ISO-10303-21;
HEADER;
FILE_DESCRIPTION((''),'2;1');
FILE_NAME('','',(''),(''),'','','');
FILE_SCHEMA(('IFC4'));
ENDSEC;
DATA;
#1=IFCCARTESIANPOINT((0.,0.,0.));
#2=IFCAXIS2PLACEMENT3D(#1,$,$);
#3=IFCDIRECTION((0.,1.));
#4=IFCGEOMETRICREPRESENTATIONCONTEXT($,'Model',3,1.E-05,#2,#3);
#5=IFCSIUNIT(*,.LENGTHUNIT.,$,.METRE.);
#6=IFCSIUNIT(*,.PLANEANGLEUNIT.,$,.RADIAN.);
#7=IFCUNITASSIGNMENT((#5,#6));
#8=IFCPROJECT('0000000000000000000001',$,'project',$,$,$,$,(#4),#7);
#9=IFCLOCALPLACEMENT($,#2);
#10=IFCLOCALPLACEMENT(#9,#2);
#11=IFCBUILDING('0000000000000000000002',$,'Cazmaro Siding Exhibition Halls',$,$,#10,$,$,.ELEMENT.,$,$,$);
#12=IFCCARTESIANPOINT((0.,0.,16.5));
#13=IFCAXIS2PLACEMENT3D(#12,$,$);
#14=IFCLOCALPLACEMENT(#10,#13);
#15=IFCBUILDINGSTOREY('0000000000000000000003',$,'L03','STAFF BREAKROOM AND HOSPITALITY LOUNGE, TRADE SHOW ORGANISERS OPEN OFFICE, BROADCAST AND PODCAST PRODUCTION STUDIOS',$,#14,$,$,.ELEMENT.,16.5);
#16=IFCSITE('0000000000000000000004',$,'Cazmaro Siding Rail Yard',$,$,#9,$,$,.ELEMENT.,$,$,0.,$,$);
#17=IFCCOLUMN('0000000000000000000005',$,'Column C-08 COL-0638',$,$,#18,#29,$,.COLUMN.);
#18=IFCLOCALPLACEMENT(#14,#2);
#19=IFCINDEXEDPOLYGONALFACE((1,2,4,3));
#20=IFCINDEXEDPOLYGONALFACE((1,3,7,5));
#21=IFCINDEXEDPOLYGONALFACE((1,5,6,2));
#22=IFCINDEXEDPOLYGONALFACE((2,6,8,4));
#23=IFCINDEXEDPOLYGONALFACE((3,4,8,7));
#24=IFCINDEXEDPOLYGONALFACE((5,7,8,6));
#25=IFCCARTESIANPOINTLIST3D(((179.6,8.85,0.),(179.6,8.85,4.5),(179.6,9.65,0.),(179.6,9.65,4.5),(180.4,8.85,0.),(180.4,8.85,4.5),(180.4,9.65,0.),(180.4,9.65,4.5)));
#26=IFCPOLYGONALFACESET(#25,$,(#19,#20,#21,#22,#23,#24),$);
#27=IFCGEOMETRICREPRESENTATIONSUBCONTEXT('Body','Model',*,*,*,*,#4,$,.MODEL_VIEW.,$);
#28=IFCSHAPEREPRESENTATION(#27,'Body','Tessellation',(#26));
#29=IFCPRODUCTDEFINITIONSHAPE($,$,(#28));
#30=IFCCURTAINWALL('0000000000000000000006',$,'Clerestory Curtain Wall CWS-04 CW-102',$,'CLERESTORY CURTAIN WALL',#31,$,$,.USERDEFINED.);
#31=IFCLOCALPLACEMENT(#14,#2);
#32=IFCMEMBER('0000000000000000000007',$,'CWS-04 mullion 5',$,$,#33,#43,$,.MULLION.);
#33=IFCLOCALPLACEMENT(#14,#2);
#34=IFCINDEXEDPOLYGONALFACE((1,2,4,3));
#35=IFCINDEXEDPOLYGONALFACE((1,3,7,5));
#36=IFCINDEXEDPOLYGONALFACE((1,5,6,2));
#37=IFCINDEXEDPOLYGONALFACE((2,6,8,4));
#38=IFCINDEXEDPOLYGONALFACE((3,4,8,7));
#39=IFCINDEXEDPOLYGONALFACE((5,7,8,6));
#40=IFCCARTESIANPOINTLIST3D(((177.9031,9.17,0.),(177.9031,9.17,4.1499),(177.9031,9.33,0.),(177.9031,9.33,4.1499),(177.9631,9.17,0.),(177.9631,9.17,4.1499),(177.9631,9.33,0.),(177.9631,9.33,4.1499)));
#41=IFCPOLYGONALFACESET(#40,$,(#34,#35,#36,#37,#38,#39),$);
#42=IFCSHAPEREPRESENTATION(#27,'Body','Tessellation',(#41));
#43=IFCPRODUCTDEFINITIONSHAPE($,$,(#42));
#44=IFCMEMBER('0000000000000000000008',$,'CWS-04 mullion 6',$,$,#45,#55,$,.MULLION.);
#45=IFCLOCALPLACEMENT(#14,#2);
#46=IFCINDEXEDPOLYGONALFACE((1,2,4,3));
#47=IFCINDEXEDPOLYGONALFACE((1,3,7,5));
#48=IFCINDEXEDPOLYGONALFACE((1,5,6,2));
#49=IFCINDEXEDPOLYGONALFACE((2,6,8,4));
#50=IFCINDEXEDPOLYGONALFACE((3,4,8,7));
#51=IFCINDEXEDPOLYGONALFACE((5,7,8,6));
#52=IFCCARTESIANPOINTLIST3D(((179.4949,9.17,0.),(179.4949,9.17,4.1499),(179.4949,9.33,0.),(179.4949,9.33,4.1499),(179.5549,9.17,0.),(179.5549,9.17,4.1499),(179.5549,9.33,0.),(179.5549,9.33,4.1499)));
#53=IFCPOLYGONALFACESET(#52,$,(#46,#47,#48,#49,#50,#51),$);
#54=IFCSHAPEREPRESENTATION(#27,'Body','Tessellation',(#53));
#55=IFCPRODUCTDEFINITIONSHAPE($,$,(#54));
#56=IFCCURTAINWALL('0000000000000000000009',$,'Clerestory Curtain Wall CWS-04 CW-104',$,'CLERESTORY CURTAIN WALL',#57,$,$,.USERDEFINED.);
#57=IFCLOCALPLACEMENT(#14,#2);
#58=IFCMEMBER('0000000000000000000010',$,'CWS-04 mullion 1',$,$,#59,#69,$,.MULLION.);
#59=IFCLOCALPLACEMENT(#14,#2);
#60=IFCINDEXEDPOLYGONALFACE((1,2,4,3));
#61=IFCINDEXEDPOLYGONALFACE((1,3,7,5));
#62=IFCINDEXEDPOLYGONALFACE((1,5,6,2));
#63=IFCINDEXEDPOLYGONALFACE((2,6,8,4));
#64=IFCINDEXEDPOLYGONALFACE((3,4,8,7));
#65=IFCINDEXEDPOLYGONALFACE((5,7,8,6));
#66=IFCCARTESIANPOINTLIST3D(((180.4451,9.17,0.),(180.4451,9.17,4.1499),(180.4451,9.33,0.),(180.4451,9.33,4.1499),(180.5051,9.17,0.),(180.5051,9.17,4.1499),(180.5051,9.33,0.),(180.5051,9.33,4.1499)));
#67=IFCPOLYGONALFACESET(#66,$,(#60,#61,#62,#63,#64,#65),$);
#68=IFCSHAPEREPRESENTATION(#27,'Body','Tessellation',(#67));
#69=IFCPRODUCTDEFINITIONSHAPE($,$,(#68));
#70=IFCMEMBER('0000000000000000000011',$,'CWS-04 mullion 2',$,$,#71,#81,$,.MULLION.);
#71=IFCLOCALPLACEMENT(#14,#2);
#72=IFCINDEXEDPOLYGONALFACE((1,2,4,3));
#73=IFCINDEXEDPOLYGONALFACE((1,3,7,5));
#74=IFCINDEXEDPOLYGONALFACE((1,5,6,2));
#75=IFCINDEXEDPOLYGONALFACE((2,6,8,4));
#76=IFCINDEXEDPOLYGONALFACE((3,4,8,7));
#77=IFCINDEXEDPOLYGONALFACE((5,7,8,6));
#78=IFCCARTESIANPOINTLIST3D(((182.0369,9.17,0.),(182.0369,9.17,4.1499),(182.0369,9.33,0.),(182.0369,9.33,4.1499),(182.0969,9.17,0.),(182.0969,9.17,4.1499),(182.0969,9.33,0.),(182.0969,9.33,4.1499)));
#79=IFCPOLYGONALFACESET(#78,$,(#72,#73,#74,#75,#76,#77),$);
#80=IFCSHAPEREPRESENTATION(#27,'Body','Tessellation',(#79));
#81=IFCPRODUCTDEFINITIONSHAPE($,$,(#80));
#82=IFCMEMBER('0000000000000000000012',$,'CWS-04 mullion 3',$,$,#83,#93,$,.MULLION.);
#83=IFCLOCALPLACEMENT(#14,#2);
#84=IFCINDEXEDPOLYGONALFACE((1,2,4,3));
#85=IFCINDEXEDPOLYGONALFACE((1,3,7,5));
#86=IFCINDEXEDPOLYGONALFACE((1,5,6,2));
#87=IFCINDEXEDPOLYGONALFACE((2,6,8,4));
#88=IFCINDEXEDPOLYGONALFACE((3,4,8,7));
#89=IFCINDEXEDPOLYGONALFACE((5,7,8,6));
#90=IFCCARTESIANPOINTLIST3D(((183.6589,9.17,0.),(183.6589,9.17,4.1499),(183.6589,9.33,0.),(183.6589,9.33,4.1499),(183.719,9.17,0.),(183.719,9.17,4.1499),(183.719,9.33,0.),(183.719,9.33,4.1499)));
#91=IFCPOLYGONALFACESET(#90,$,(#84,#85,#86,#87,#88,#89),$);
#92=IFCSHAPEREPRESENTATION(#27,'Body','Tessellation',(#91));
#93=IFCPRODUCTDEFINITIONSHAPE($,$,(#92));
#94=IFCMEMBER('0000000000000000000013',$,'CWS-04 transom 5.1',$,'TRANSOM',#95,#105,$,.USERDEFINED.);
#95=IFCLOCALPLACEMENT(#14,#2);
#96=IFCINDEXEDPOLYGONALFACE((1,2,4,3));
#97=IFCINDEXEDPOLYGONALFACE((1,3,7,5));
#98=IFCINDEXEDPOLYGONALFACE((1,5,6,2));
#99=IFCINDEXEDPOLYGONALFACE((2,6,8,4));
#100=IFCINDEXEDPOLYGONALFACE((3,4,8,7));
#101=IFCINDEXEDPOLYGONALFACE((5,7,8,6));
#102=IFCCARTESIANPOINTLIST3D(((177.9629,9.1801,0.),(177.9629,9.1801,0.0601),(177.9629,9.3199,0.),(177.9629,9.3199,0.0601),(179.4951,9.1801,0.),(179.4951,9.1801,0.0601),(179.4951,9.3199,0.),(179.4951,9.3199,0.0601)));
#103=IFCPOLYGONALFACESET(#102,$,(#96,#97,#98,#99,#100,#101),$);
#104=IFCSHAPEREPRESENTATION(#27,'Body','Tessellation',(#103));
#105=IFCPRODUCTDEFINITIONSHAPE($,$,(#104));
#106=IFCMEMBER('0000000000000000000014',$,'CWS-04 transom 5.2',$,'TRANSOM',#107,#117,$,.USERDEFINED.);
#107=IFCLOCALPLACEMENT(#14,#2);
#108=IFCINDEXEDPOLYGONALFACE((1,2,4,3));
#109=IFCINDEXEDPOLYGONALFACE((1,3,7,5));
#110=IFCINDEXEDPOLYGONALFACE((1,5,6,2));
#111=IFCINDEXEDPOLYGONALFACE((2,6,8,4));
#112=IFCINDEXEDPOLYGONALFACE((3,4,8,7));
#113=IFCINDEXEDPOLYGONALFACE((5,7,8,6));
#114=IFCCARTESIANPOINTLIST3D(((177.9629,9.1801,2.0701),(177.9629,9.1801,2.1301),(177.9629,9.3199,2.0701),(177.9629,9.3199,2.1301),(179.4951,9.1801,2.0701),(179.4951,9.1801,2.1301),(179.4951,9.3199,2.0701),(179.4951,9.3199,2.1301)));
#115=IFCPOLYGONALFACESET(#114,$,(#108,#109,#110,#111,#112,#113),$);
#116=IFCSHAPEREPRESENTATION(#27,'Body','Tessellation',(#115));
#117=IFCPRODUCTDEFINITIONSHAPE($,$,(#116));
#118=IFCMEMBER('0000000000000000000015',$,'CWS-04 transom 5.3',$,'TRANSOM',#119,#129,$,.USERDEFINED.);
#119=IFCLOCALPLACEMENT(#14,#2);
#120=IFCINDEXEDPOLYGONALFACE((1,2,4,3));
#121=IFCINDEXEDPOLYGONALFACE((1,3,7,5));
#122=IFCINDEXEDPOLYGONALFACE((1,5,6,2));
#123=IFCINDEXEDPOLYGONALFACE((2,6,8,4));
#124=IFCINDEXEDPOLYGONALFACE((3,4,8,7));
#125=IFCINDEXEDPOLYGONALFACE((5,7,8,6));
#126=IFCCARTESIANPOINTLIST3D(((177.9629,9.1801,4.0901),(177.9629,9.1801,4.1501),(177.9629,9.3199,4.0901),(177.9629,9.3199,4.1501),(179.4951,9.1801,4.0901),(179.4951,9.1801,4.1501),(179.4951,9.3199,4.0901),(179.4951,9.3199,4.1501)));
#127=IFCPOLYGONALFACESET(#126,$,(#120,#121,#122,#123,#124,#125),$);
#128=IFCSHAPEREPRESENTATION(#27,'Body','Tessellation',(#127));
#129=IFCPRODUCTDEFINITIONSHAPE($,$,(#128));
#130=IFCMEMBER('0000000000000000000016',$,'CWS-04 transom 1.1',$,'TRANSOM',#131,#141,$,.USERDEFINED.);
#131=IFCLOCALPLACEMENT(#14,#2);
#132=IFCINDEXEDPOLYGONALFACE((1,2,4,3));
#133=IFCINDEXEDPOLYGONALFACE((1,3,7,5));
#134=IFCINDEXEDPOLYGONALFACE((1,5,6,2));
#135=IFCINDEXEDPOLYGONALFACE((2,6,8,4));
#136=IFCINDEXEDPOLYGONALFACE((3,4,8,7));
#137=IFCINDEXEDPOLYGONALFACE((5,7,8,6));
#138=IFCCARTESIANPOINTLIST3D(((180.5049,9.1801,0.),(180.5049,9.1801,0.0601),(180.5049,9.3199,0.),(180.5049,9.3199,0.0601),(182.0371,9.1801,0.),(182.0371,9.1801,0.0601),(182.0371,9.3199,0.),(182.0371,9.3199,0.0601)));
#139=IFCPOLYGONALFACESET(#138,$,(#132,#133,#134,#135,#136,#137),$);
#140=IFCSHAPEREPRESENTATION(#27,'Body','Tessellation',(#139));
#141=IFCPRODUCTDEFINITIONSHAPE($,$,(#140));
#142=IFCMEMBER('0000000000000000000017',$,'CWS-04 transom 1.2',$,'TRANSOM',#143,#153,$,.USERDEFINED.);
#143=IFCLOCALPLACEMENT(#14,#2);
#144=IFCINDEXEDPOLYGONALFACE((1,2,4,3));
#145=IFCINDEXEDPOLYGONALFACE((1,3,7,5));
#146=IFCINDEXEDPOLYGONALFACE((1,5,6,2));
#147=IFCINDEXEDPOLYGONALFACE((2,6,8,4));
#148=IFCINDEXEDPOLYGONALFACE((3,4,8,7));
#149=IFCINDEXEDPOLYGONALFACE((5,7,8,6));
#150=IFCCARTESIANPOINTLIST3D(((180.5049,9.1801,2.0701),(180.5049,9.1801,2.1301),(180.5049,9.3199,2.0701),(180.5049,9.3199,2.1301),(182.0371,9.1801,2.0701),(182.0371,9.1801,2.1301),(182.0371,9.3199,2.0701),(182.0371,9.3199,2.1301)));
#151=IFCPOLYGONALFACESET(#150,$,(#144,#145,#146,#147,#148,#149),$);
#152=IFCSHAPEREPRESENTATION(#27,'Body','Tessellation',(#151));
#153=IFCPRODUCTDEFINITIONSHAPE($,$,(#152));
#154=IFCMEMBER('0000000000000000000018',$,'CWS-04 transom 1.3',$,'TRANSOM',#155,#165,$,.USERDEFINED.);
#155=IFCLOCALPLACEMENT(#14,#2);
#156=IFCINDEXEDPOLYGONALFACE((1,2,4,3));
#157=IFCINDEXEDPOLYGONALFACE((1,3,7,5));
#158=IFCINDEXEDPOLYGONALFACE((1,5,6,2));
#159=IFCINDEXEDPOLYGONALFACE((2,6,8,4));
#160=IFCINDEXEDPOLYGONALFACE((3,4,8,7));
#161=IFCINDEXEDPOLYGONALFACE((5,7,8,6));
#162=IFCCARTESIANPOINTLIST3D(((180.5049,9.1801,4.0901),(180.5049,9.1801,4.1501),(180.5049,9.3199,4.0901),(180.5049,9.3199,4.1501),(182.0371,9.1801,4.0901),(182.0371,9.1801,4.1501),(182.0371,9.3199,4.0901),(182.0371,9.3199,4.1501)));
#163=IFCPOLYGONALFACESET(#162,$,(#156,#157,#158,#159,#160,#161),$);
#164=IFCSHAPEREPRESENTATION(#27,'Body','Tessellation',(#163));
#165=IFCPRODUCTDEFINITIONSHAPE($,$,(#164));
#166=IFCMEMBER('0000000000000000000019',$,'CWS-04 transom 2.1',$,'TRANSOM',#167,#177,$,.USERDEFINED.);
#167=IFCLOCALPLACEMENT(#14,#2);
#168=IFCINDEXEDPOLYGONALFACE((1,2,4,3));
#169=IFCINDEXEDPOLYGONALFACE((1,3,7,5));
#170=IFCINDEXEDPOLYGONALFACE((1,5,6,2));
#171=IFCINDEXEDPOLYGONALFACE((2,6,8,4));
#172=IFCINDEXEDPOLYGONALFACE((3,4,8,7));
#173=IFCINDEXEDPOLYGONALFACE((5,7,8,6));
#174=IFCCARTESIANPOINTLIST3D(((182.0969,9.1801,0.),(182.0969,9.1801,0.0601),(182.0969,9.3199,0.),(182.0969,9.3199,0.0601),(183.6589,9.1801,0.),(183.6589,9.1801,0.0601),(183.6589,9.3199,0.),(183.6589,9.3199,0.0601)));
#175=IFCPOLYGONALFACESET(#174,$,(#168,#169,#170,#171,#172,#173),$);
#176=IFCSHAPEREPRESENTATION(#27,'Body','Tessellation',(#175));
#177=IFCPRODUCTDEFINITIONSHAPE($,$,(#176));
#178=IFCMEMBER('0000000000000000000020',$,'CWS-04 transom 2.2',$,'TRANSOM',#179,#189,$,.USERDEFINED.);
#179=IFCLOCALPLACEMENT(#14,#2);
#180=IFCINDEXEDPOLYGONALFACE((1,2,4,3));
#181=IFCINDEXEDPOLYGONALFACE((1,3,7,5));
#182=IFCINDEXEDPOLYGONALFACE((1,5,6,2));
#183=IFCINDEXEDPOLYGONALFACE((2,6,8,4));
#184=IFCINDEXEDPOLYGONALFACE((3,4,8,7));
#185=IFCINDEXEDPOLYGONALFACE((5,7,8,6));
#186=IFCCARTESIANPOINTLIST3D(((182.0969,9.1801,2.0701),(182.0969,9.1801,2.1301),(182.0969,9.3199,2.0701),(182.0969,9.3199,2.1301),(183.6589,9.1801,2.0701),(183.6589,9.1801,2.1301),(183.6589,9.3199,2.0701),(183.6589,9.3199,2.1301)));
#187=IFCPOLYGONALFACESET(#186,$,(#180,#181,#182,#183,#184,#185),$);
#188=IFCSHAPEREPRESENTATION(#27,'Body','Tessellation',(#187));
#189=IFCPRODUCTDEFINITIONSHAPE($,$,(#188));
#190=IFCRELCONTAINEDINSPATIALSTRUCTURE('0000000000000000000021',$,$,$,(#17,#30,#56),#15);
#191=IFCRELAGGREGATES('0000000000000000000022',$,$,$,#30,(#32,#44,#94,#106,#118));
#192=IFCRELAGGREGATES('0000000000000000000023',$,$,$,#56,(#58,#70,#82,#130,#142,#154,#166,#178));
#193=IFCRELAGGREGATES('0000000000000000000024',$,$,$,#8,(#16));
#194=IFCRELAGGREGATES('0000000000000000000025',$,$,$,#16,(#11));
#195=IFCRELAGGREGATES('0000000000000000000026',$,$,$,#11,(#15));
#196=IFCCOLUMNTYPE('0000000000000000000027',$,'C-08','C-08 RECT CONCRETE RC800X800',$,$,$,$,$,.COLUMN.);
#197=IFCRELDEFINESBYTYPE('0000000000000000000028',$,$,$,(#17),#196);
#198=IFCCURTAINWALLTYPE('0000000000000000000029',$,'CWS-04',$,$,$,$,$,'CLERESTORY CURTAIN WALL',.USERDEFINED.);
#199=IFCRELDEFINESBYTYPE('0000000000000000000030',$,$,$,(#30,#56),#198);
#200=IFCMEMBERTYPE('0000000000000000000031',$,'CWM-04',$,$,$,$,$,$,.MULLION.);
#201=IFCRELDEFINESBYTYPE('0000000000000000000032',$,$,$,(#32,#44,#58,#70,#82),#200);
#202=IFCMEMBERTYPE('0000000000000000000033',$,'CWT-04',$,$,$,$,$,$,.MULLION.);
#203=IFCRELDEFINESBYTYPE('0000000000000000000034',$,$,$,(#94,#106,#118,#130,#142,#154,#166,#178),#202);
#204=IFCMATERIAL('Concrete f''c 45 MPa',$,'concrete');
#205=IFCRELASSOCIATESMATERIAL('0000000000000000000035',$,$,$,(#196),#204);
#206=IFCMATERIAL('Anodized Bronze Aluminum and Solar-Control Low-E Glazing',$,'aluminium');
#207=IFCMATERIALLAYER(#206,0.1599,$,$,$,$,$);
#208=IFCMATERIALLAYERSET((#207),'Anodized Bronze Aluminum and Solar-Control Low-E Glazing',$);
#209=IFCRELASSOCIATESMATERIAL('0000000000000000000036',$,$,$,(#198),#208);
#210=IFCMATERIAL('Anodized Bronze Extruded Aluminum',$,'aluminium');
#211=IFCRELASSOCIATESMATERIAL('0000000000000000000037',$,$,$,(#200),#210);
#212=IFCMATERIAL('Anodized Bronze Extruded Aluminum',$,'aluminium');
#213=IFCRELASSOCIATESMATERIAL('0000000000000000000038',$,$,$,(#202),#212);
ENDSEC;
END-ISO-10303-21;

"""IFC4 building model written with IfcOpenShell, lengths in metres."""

from ifc_helpers import new_model, si_unit, direction, frame, origin, origin_2d, place, context, subcontext, project, spatial, rectangle, extrude, material, layer, layer_set, material_profile, profile_set, type_object, element, aggregate, save


model = new_model("IFC4")

# Units and contexts
model_context = context("Model", 3, precision=1e-05, world=origin(), true_north=direction((0.0, 1.0)))
body_context = subcontext(model_context, "Body", "Model", "MODEL_VIEW")
ifc_project = project(units=[si_unit("LENGTHUNIT", "METRE"), si_unit("PLANEANGLEUNIT", "RADIAN")], contexts=[model_context])

# Site, building, storey
site_placement = place(None, origin())
site = spatial("IfcSite", under=ifc_project, at=site_placement, Name="Cazmaro Siding Rail Yard", CompositionType="ELEMENT", RefElevation=0.0)
building_placement = place(site_placement, origin())
building = spatial("IfcBuilding", under=site, at=building_placement, Name="Cazmaro Siding Exhibition Halls", CompositionType="ELEMENT")
storey_placement = place(building_placement, frame((0.0, 0.0, 16.5)))
storey = spatial("IfcBuildingStorey", under=building, at=storey_placement, Name="L03", Description="STAFF BREAKROOM AND HOSPITALITY LOUNGE, TRADE SHOW ORGANISERS OPEN OFFICE, BROADCAST AND PODCAST PRODUCTION STUDIOS", CompositionType="ELEMENT", Elevation=16.5)

# Column
ifc_material_1 = material(Name="Concrete f'c 45 MPa", Category="concrete")
ifc_material_profile_1 = material_profile(ifc_material_1, rectangle(XDim=0.8, YDim=0.8, at=origin_2d()), Name="RC800X800")
ifc_profile_set_1 = profile_set([ifc_material_profile_1], Name="Concrete f'c 45 MPa")
column_type = type_object("IfcColumnType", Name="C-08", Description="C-08 RECT CONCRETE RC800X800", PredefinedType="COLUMN", material=ifc_profile_set_1)
column_placement = place(storey_placement, frame((180.0, 9.25, 0.0), z_axis=(0.0, 0.0, 1.0), x_axis=(1.0, 0.0, 0.0)))
element("IfcColumn", 1, at=column_placement, inside=storey, type_object=column_type, Name="Column C-08 COL-0638", PredefinedType="COLUMN", context=body_context, shape_type="SweptSolid", body=[
    extrude(rectangle(XDim=0.8, YDim=0.8, at=origin_2d()), origin(), (0.0, 0.0, 1.0), 4.5),
])

# Curtain walls, members
ifc_material_2 = material(Name="Anodized Bronze Aluminum and Solar-Control Low-E Glazing", Category="aluminium")
ifc_layer_1 = layer(ifc_material_2, 0.1599)
ifc_layer_set_1 = layer_set([ifc_layer_1], Name="Anodized Bronze Aluminum and Solar-Control Low-E Glazing")
curtain_wall_type = type_object("IfcCurtainWallType", Name="CWS-04", ElementType="CLERESTORY CURTAIN WALL", PredefinedType="USERDEFINED", material=ifc_layer_set_1)
curtain_wall_1_placement = place(storey_placement, origin())
curtain_wall_1 = element("IfcCurtainWall", 2, at=curtain_wall_1_placement, inside=storey, type_object=curtain_wall_type, Name="Clerestory Curtain Wall CWS-04 CW-102", ObjectType="CLERESTORY CURTAIN WALL", PredefinedType="USERDEFINED")
ifc_material_3 = material(Name="Anodized Bronze Extruded Aluminum", Category="aluminium")
ifc_material_profile_2 = material_profile(ifc_material_3, rectangle(XDim=0.1599, YDim=0.0601, at=origin_2d()), Name="CWM-04")
ifc_profile_set_2 = profile_set([ifc_material_profile_2], Name="Anodized Bronze Extruded Aluminum")
member_type_1 = type_object("IfcMemberType", Name="CWM-04", PredefinedType="MULLION", material=ifc_profile_set_2)
member_1_placement = place(storey_placement, frame((177.9331, 9.25, 0.0), z_axis=(0.0, 0.0, 1.0), x_axis=(0.0, 1.0, 0.0)))
member_1 = element("IfcMember", 3, at=member_1_placement, type_object=member_type_1, Name="CWS-04 mullion 5", PredefinedType="MULLION", context=body_context, shape_type="SweptSolid", body=[
    extrude(rectangle(XDim=0.1599, YDim=0.0601, at=origin_2d()), origin(), (0.0, 0.0, 1.0), 4.1499),
])
member_2_placement = place(storey_placement, frame((179.5249, 9.25, 0.0), z_axis=(0.0, 0.0, 1.0), x_axis=(0.0, 1.0, 0.0)))
member_2 = element("IfcMember", 4, at=member_2_placement, type_object=member_type_1, Name="CWS-04 mullion 6", PredefinedType="MULLION", context=body_context, shape_type="SweptSolid", body=[
    extrude(rectangle(XDim=0.1599, YDim=0.0601, at=origin_2d()), origin(), (0.0, 0.0, 1.0), 4.1499),
])
curtain_wall_2_placement = place(storey_placement, origin())
curtain_wall_2 = element("IfcCurtainWall", 5, at=curtain_wall_2_placement, inside=storey, type_object=curtain_wall_type, Name="Clerestory Curtain Wall CWS-04 CW-104", ObjectType="CLERESTORY CURTAIN WALL", PredefinedType="USERDEFINED")
member_3_placement = place(storey_placement, frame((180.4751, 9.25, 0.0), z_axis=(0.0, 0.0, 1.0), x_axis=(0.0, 1.0, 0.0)))
member_3 = element("IfcMember", 6, at=member_3_placement, type_object=member_type_1, Name="CWS-04 mullion 1", PredefinedType="MULLION", context=body_context, shape_type="SweptSolid", body=[
    extrude(rectangle(XDim=0.1599, YDim=0.0601, at=origin_2d()), origin(), (0.0, 0.0, 1.0), 4.1499),
])
member_4_placement = place(storey_placement, frame((182.0669, 9.25, 0.0), z_axis=(0.0, 0.0, 1.0), x_axis=(0.0, 1.0, 0.0)))
member_4 = element("IfcMember", 7, at=member_4_placement, type_object=member_type_1, Name="CWS-04 mullion 2", PredefinedType="MULLION", context=body_context, shape_type="SweptSolid", body=[
    extrude(rectangle(XDim=0.1599, YDim=0.0601, at=origin_2d()), origin(), (0.0, 0.0, 1.0), 4.1499),
])
member_5_placement = place(storey_placement, frame((183.689, 9.25, 0.0), z_axis=(0.0, 0.0, 1.0), x_axis=(0.0, 1.0, 0.0)))
member_5 = element("IfcMember", 8, at=member_5_placement, type_object=member_type_1, Name="CWS-04 mullion 3", PredefinedType="MULLION", context=body_context, shape_type="SweptSolid", body=[
    extrude(rectangle(XDim=0.1599, YDim=0.0601, at=origin_2d()), origin(), (0.0, 0.0, 1.0), 4.1499),
])

# Members
ifc_material_4 = material(Name="Anodized Bronze Extruded Aluminum", Category="aluminium")
ifc_material_profile_3 = material_profile(ifc_material_4, rectangle(XDim=0.1399, YDim=0.0601, at=origin_2d()), Name="CWT-04")
ifc_profile_set_3 = profile_set([ifc_material_profile_3], Name="Anodized Bronze Extruded Aluminum")
member_type_2 = type_object("IfcMemberType", Name="CWT-04", PredefinedType="MULLION", material=ifc_profile_set_3)
member_6_placement = place(storey_placement, frame((177.9629, 9.25, 0.03), z_axis=(1.0, 0.0, 0.0), x_axis=(0.0, 1.0, 0.0)))
member_6 = element("IfcMember", 9, at=member_6_placement, type_object=member_type_2, Name="CWS-04 transom 5.1", ObjectType="TRANSOM", PredefinedType="USERDEFINED", context=body_context, shape_type="SweptSolid", body=[
    extrude(rectangle(XDim=0.1399, YDim=0.0601, at=origin_2d()), origin(), (0.0, 0.0, 1.0), 1.5322),
])
member_7_placement = place(storey_placement, frame((177.9629, 9.25, 2.1001), z_axis=(1.0, 0.0, 0.0), x_axis=(0.0, 1.0, 0.0)))
member_7 = element("IfcMember", 10, at=member_7_placement, type_object=member_type_2, Name="CWS-04 transom 5.2", ObjectType="TRANSOM", PredefinedType="USERDEFINED", context=body_context, shape_type="SweptSolid", body=[
    extrude(rectangle(XDim=0.1399, YDim=0.0601, at=origin_2d()), origin(), (0.0, 0.0, 1.0), 1.5322),
])
member_8_placement = place(storey_placement, frame((177.9629, 9.25, 4.1201), z_axis=(1.0, 0.0, 0.0), x_axis=(0.0, 1.0, 0.0)))
member_8 = element("IfcMember", 11, at=member_8_placement, type_object=member_type_2, Name="CWS-04 transom 5.3", ObjectType="TRANSOM", PredefinedType="USERDEFINED", context=body_context, shape_type="SweptSolid", body=[
    extrude(rectangle(XDim=0.1399, YDim=0.0601, at=origin_2d()), origin(), (0.0, 0.0, 1.0), 1.5322),
])
member_9_placement = place(storey_placement, frame((180.5049, 9.25, 0.03), z_axis=(1.0, 0.0, 0.0), x_axis=(0.0, 1.0, 0.0)))
member_9 = element("IfcMember", 12, at=member_9_placement, type_object=member_type_2, Name="CWS-04 transom 1.1", ObjectType="TRANSOM", PredefinedType="USERDEFINED", context=body_context, shape_type="SweptSolid", body=[
    extrude(rectangle(XDim=0.1399, YDim=0.0601, at=origin_2d()), origin(), (0.0, 0.0, 1.0), 1.5322),
])
member_10_placement = place(storey_placement, frame((180.5049, 9.25, 2.1001), z_axis=(1.0, 0.0, 0.0), x_axis=(0.0, 1.0, 0.0)))
member_10 = element("IfcMember", 13, at=member_10_placement, type_object=member_type_2, Name="CWS-04 transom 1.2", ObjectType="TRANSOM", PredefinedType="USERDEFINED", context=body_context, shape_type="SweptSolid", body=[
    extrude(rectangle(XDim=0.1399, YDim=0.0601, at=origin_2d()), origin(), (0.0, 0.0, 1.0), 1.5322),
])
member_11_placement = place(storey_placement, frame((180.5049, 9.25, 4.1201), z_axis=(1.0, 0.0, 0.0), x_axis=(0.0, 1.0, 0.0)))
member_11 = element("IfcMember", 14, at=member_11_placement, type_object=member_type_2, Name="CWS-04 transom 1.3", ObjectType="TRANSOM", PredefinedType="USERDEFINED", context=body_context, shape_type="SweptSolid", body=[
    extrude(rectangle(XDim=0.1399, YDim=0.0601, at=origin_2d()), origin(), (0.0, 0.0, 1.0), 1.5322),
])
member_12_placement = place(storey_placement, frame((182.0969, 9.25, 0.03), z_axis=(1.0, 0.0, 0.0), x_axis=(0.0, 1.0, 0.0)))
member_12 = element("IfcMember", 15, at=member_12_placement, type_object=member_type_2, Name="CWS-04 transom 2.1", ObjectType="TRANSOM", PredefinedType="USERDEFINED", context=body_context, shape_type="SweptSolid", body=[
    extrude(rectangle(XDim=0.1399, YDim=0.0601, at=origin_2d()), origin(), (0.0, 0.0, 1.0), 1.562),
])
member_13_placement = place(storey_placement, frame((182.0969, 9.25, 2.1001), z_axis=(1.0, 0.0, 0.0), x_axis=(0.0, 1.0, 0.0)))
member_13 = element("IfcMember", 16, at=member_13_placement, type_object=member_type_2, Name="CWS-04 transom 2.2", ObjectType="TRANSOM", PredefinedType="USERDEFINED", context=body_context, shape_type="SweptSolid", body=[
    extrude(rectangle(XDim=0.1399, YDim=0.0601, at=origin_2d()), origin(), (0.0, 0.0, 1.0), 1.562),
])

aggregate(curtain_wall_1, [member_1, member_2, member_6, member_7, member_8])
aggregate(curtain_wall_2, [member_3, member_4, member_5, member_9, member_10, member_11, member_12, member_13])

save(model, "model.ifc")
